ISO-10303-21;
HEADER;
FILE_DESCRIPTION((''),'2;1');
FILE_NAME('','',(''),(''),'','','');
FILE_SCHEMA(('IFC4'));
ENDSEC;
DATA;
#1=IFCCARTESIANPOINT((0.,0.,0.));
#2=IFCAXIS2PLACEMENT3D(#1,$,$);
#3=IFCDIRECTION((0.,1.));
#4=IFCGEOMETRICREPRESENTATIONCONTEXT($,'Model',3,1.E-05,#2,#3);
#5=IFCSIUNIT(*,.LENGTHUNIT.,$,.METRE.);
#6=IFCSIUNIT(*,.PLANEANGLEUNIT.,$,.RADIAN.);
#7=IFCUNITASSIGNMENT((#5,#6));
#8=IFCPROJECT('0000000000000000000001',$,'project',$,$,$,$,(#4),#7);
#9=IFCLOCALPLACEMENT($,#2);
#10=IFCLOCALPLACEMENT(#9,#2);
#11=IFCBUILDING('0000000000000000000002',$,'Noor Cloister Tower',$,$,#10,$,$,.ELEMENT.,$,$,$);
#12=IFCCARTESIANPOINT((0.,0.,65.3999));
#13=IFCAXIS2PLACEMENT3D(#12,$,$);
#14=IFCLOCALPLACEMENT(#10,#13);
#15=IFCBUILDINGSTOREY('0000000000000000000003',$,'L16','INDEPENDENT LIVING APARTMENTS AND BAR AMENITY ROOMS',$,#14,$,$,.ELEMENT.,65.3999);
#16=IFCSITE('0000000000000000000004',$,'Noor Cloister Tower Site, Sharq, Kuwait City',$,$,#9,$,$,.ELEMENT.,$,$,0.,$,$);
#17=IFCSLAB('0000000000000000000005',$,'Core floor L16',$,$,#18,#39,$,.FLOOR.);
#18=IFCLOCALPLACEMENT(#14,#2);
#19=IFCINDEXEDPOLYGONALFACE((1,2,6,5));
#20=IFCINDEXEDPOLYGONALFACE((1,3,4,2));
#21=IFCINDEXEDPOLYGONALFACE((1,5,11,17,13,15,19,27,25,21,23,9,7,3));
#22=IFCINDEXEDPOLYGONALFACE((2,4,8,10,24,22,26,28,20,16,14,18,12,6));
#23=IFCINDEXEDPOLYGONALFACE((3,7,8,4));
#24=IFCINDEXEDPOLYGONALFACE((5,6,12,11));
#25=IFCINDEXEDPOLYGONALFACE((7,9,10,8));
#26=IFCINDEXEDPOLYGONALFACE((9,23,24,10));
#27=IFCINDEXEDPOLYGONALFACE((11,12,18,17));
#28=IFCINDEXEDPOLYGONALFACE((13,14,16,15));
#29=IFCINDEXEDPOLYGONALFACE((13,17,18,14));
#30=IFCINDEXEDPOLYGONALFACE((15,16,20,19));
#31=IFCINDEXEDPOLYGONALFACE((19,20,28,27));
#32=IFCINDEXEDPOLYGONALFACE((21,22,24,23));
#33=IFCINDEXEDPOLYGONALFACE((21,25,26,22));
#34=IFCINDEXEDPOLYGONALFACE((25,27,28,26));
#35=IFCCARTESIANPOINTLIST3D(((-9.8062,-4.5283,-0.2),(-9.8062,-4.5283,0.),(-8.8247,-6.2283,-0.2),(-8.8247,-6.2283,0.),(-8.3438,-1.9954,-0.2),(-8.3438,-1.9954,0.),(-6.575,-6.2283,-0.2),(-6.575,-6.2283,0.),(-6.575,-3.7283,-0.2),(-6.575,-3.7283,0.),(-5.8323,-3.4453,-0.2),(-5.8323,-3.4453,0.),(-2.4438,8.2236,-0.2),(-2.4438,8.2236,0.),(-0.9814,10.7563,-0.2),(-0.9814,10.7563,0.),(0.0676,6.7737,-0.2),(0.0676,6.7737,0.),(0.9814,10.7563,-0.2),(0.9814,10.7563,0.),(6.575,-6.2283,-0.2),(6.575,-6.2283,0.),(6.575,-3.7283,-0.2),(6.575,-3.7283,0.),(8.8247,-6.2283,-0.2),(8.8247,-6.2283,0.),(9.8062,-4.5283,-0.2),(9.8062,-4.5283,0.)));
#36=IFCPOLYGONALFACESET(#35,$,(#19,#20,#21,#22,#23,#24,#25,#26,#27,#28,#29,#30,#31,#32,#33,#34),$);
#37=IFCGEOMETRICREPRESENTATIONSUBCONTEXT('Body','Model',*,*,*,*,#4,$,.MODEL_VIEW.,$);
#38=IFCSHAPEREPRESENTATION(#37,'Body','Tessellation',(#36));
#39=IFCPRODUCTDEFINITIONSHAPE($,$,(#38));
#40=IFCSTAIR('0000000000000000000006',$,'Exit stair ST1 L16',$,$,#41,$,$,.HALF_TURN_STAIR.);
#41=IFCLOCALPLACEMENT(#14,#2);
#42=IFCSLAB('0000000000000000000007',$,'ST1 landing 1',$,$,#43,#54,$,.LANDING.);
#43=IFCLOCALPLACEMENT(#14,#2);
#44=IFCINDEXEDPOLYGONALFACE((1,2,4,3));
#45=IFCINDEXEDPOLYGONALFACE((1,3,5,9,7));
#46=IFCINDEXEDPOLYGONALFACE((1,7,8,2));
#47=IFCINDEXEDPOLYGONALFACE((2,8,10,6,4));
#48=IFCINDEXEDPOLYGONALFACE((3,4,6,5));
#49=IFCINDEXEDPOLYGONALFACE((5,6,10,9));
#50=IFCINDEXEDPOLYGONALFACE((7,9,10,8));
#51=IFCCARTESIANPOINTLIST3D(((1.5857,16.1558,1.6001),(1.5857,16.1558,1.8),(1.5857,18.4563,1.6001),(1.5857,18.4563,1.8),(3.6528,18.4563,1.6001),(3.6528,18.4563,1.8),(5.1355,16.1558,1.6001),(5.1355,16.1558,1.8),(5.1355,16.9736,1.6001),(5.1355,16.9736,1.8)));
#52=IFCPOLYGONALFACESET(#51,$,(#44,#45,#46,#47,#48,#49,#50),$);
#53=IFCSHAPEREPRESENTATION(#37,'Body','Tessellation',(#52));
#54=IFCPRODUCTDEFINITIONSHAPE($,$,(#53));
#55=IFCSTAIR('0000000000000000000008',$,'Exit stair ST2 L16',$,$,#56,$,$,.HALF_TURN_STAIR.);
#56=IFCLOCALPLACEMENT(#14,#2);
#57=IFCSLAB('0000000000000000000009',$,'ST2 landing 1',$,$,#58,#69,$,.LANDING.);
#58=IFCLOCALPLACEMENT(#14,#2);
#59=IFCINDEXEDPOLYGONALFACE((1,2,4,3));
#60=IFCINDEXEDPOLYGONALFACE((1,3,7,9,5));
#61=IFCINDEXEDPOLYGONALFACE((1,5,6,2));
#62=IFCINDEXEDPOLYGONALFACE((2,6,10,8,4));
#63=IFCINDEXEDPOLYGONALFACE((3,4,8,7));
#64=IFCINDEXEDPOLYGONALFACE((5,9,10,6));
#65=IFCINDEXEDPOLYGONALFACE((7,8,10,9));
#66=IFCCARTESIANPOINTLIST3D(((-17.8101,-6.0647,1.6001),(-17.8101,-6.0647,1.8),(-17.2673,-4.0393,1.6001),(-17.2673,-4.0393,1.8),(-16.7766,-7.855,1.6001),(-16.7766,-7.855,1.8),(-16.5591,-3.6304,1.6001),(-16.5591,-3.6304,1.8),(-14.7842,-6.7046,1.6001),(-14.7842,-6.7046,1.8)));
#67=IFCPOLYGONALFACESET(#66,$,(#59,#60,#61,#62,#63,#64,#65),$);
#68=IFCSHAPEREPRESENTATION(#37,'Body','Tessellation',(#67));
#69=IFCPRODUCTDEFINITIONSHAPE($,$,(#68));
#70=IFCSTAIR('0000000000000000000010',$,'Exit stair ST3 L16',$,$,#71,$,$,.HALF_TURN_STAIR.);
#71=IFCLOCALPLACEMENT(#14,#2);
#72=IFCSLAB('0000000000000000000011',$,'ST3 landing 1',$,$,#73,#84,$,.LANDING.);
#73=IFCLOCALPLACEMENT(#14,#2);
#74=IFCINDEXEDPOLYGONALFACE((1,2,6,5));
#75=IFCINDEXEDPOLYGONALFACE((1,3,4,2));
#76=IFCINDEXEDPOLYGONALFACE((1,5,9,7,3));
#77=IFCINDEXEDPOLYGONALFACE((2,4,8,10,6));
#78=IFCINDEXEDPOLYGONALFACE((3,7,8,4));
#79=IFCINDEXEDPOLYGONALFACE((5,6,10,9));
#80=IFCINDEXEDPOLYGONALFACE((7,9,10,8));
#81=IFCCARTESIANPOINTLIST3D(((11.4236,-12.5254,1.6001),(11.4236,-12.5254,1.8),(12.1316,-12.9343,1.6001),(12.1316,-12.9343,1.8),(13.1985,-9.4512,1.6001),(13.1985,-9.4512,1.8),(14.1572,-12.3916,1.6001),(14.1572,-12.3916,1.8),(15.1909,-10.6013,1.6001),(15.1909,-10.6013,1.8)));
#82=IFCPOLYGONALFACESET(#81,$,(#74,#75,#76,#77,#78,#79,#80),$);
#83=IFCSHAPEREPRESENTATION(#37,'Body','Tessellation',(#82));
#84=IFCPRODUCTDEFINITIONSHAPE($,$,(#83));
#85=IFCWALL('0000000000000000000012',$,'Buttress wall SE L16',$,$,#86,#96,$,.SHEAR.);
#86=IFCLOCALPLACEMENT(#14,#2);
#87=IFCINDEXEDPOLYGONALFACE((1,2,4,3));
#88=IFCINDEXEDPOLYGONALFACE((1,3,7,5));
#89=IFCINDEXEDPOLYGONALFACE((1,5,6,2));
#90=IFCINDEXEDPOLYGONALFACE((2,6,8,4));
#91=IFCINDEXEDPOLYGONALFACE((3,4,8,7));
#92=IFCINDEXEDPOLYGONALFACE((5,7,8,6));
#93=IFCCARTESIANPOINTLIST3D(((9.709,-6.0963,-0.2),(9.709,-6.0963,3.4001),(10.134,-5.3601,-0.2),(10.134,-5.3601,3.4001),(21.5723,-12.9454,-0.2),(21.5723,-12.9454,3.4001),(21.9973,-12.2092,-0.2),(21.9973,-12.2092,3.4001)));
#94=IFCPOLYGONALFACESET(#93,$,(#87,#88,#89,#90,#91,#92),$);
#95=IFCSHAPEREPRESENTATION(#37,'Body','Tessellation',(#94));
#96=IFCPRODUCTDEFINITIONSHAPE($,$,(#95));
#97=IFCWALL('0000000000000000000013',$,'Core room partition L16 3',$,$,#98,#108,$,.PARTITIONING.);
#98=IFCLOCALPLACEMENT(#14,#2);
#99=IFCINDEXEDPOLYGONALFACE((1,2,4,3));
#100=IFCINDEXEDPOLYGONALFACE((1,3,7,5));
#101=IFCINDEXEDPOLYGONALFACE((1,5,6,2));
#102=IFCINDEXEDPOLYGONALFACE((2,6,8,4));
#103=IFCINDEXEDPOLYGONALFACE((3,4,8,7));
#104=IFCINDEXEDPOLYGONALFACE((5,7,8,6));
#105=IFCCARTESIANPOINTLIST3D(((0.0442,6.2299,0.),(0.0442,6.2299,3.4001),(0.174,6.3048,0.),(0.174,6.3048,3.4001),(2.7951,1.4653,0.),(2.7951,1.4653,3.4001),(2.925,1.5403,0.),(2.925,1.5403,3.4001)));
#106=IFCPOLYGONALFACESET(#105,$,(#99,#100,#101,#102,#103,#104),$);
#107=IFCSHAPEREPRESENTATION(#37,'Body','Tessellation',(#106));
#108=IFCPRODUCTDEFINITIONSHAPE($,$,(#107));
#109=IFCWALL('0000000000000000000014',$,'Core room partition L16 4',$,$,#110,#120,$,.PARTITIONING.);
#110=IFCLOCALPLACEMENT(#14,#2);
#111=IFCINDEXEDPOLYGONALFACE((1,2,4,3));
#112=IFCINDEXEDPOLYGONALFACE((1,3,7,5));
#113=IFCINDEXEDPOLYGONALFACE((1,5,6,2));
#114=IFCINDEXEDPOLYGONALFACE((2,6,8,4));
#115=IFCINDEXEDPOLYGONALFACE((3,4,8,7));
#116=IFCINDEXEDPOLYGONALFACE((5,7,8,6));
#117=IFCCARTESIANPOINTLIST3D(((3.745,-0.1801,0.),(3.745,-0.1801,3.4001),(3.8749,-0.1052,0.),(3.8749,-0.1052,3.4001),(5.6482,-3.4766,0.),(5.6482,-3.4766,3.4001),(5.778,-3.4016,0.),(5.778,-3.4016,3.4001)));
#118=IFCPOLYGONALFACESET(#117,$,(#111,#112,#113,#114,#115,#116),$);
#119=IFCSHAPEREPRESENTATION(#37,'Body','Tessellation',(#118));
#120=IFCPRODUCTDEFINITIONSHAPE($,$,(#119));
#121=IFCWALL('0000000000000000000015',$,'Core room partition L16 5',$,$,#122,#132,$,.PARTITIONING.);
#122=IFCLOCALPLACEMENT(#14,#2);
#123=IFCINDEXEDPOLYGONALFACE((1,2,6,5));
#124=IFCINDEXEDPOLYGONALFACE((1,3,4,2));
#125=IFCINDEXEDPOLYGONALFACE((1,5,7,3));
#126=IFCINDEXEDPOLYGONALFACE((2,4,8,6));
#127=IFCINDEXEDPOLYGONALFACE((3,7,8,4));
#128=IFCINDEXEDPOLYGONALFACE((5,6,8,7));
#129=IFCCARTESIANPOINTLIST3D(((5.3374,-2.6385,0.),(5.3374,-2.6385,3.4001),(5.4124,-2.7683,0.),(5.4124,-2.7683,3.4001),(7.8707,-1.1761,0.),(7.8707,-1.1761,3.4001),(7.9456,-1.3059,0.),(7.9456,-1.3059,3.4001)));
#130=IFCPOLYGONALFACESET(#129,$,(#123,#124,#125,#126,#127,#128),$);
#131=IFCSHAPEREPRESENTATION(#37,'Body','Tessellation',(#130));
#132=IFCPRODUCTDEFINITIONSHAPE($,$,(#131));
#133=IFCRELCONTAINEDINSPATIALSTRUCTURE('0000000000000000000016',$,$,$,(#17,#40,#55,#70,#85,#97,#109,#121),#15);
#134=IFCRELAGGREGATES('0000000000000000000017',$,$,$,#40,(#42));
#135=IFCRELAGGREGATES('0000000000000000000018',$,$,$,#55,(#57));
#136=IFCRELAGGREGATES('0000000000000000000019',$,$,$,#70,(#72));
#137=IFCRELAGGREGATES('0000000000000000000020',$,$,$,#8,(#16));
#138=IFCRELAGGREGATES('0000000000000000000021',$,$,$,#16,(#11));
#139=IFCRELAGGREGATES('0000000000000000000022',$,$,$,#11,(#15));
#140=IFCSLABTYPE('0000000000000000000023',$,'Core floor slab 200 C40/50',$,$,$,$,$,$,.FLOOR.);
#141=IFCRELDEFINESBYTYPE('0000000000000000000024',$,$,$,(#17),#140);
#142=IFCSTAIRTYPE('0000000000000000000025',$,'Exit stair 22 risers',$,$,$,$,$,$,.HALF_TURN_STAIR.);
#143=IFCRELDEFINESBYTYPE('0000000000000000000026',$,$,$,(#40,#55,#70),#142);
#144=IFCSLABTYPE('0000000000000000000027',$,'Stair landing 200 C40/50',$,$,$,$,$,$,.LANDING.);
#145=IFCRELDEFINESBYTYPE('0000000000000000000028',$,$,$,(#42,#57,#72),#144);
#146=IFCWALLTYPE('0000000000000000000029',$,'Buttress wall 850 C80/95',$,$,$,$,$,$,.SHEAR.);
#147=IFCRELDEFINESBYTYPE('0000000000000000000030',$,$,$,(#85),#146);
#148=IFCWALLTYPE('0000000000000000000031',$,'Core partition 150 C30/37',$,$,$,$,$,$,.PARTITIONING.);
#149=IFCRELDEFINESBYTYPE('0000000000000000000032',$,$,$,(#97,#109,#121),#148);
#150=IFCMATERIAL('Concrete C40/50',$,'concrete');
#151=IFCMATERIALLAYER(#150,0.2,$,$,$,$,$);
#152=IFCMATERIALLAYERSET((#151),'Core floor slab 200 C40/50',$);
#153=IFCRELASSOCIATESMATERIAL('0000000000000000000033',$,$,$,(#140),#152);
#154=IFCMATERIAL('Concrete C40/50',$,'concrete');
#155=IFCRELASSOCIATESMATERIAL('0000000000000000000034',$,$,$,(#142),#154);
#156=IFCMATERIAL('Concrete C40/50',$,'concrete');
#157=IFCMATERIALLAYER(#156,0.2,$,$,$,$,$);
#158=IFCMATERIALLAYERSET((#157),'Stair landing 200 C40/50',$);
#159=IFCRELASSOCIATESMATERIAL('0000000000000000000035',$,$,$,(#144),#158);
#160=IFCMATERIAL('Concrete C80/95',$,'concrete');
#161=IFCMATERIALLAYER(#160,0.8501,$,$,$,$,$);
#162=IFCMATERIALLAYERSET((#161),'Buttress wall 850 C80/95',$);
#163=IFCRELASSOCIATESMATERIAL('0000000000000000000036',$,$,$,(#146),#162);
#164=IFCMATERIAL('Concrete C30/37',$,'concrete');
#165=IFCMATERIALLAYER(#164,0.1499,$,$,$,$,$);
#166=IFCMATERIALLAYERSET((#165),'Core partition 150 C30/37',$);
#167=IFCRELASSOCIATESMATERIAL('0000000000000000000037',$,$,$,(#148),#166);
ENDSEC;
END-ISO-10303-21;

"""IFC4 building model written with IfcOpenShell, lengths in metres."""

from ifc_helpers import new_model, si_unit, direction, frame, frame_2d, origin, place, context, subcontext, project, spatial, polyline, rectangle, outline, extrude, material, layer, layer_set, type_object, element, aggregate, save


model = new_model("IFC4")

# Units and contexts
model_context = context("Model", 3, precision=1e-05, world=origin(), true_north=direction((0.0, 1.0)))
body_context = subcontext(model_context, "Body", "Model", "MODEL_VIEW")
ifc_project = project(units=[si_unit("LENGTHUNIT", "METRE"), si_unit("PLANEANGLEUNIT", "RADIAN")], contexts=[model_context])

# Site, building, storey
site_placement = place(None, origin())
site = spatial("IfcSite", under=ifc_project, at=site_placement, Name="Noor Cloister Tower Site, Sharq, Kuwait City", CompositionType="ELEMENT", RefElevation=0.0)
building_placement = place(site_placement, origin())
building = spatial("IfcBuilding", under=site, at=building_placement, Name="Noor Cloister Tower", CompositionType="ELEMENT")
storey_placement = place(building_placement, frame((0.0, 0.0, 65.3999)))
storey = spatial("IfcBuildingStorey", under=building, at=storey_placement, Name="L16", Description="INDEPENDENT LIVING APARTMENTS AND BAR AMENITY ROOMS", CompositionType="ELEMENT", Elevation=65.3999)

# Slab
ifc_material_1 = material(Name="Concrete C40/50", Category="concrete")
ifc_layer_1 = layer(ifc_material_1, 0.2)
ifc_layer_set_1 = layer_set([ifc_layer_1], Name="Core floor slab 200 C40/50")
slab_type_1 = type_object("IfcSlabType", Name="Core floor slab 200 C40/50", PredefinedType="FLOOR", material=ifc_layer_set_1)
slab_1_placement = place(storey_placement, frame((0.0, 0.0, -0.2)))
element("IfcSlab", 1, at=slab_1_placement, inside=storey, type_object=slab_type_1, Name="Core floor L16", PredefinedType="FLOOR", context=body_context, shape_type="SweptSolid", body=[
    extrude(outline(polyline([(-6.575, -6.2283), (-6.575, -3.7283), (6.575, -3.7283), (6.575, -6.2283), (8.8247, -6.2283), (9.8062, -4.5283), (0.9814, 10.7563), (-0.9814, 10.7563), (-2.4438, 8.2236), (0.0676, 6.7737), (-5.8323, -3.4453), (-8.3438, -1.9954), (-9.8062, -4.5283), (-8.8247, -6.2283), (-6.575, -6.2283)])), origin(), (0.0, 0.0, 1.0), 0.2),
])

# Stairs, slabs
ifc_material_2 = material(Name="Concrete C40/50", Category="concrete")
stair_type = type_object("IfcStairType", Name="Exit stair 22 risers", PredefinedType="HALF_TURN_STAIR", material=ifc_material_2)
stair_1_placement = place(storey_placement, origin())
stair_1 = element("IfcStair", 2, at=stair_1_placement, inside=storey, type_object=stair_type, Name="Exit stair ST1 L16", PredefinedType="HALF_TURN_STAIR")
ifc_material_3 = material(Name="Concrete C40/50", Category="concrete")
ifc_layer_2 = layer(ifc_material_3, 0.2)
ifc_layer_set_2 = layer_set([ifc_layer_2], Name="Stair landing 200 C40/50")
slab_type_2 = type_object("IfcSlabType", Name="Stair landing 200 C40/50", PredefinedType="LANDING", material=ifc_layer_set_2)
slab_2_placement = place(storey_placement, frame((0.0, 0.0, 1.6001)))
slab_2 = element("IfcSlab", 3, at=slab_2_placement, type_object=slab_type_2, Name="ST1 landing 1", PredefinedType="LANDING", context=body_context, shape_type="SweptSolid", body=[
    extrude(outline(polyline([(5.1355, 16.1558), (5.1355, 16.9736), (3.6528, 18.4563), (1.5857, 18.4563), (1.5857, 16.1558), (5.1355, 16.1558)])), origin(), (0.0, 0.0, 1.0), 0.2),
])
aggregate(stair_1, [slab_2])
stair_2_placement = place(storey_placement, origin())
stair_2 = element("IfcStair", 4, at=stair_2_placement, inside=storey, type_object=stair_type, Name="Exit stair ST2 L16", PredefinedType="HALF_TURN_STAIR")
slab_3_placement = place(storey_placement, frame((0.0, 0.0, 1.6001)))
slab_3 = element("IfcSlab", 5, at=slab_3_placement, type_object=slab_type_2, Name="ST2 landing 1", PredefinedType="LANDING", context=body_context, shape_type="SweptSolid", body=[
    extrude(outline(polyline([(-16.5591, -3.6304), (-17.2673, -4.0393), (-17.8101, -6.0647), (-16.7766, -7.855), (-14.7842, -6.7046), (-16.5591, -3.6304)])), origin(), (0.0, 0.0, 1.0), 0.2),
])
aggregate(stair_2, [slab_3])
stair_3_placement = place(storey_placement, origin())
stair_3 = element("IfcStair", 6, at=stair_3_placement, inside=storey, type_object=stair_type, Name="Exit stair ST3 L16", PredefinedType="HALF_TURN_STAIR")
slab_4_placement = place(storey_placement, frame((0.0, 0.0, 1.6001)))
slab_4 = element("IfcSlab", 7, at=slab_4_placement, type_object=slab_type_2, Name="ST3 landing 1", PredefinedType="LANDING", context=body_context, shape_type="SweptSolid", body=[
    extrude(outline(polyline([(11.4236, -12.5254), (12.1316, -12.9343), (14.1572, -12.3916), (15.1909, -10.6013), (13.1985, -9.4512), (11.4236, -12.5254)])), origin(), (0.0, 0.0, 1.0), 0.2),
])
aggregate(stair_3, [slab_4])

# Walls
ifc_material_4 = material(Name="Concrete C80/95", Category="concrete")
ifc_layer_3 = layer(ifc_material_4, 0.8501)
ifc_layer_set_3 = layer_set([ifc_layer_3], Name="Buttress wall 850 C80/95")
wall_type_1 = type_object("IfcWallType", Name="Buttress wall 850 C80/95", PredefinedType="SHEAR", material=ifc_layer_set_3)
wall_1_placement = place(storey_placement, frame((9.9216, -5.7283, -0.2), z_axis=(0.0, 0.0, 1.0), x_axis=(0.86603, -0.499992, 0.0)))
element("IfcWall", 8, at=wall_1_placement, inside=storey, type_object=wall_type_1, Name="Buttress wall SE L16", PredefinedType="SHEAR", context=body_context, shape_type="SweptSolid", body=[
    extrude(rectangle(XDim=13.6985, YDim=0.8501, at=frame_2d((6.8491, 0.0))), origin(), (0.0, 0.0, 1.0), 3.6001),
])
ifc_material_5 = material(Name="Concrete C30/37", Category="concrete")
ifc_layer_4 = layer(ifc_material_5, 0.1499)
ifc_layer_set_4 = layer_set([ifc_layer_4], Name="Core partition 150 C30/37")
wall_type_2 = type_object("IfcWallType", Name="Core partition 150 C30/37", PredefinedType="PARTITIONING", material=ifc_layer_set_4)
wall_2_placement = place(storey_placement, frame((2.8601, 1.5027, 0.0), z_axis=(0.0, 0.0, 1.0), x_axis=(-0.500014, 0.866017, 0.0)))
element("IfcWall", 9, at=wall_2_placement, inside=storey, type_object=wall_type_2, Name="Core room partition L16 3", PredefinedType="PARTITIONING", context=body_context, shape_type="SweptSolid", body=[
    extrude(rectangle(XDim=5.5017, YDim=0.1499, at=frame_2d((2.751, 0.0))), origin(), (0.0, 0.0, 1.0), 3.4001),
])
wall_3_placement = place(storey_placement, frame((5.7131, -3.4392, 0.0), z_axis=(0.0, 0.0, 1.0), x_axis=(-0.499982, 0.866036, 0.0)))
element("IfcWall", 10, at=wall_3_placement, inside=storey, type_object=wall_type_2, Name="Core room partition L16 4", PredefinedType="PARTITIONING", context=body_context, shape_type="SweptSolid", body=[
    extrude(rectangle(XDim=3.8064, YDim=0.1499, at=frame_2d((1.9033, 0.0))), origin(), (0.0, 0.0, 1.0), 3.4001),
])
wall_4_placement = place(storey_placement, frame((5.375, -2.7034, 0.0), z_axis=(0.0, 0.0, 1.0), x_axis=(0.866047, 0.499963, 0.0)))
element("IfcWall", 11, at=wall_4_placement, inside=storey, type_object=wall_type_2, Name="Core room partition L16 5", PredefinedType="PARTITIONING", context=body_context, shape_type="SweptSolid", body=[
    extrude(rectangle(XDim=2.925, YDim=0.1499, at=frame_2d((1.4624, 0.0))), origin(), (0.0, 0.0, 1.0), 3.4001),
])

save(model, "model.ifc")
